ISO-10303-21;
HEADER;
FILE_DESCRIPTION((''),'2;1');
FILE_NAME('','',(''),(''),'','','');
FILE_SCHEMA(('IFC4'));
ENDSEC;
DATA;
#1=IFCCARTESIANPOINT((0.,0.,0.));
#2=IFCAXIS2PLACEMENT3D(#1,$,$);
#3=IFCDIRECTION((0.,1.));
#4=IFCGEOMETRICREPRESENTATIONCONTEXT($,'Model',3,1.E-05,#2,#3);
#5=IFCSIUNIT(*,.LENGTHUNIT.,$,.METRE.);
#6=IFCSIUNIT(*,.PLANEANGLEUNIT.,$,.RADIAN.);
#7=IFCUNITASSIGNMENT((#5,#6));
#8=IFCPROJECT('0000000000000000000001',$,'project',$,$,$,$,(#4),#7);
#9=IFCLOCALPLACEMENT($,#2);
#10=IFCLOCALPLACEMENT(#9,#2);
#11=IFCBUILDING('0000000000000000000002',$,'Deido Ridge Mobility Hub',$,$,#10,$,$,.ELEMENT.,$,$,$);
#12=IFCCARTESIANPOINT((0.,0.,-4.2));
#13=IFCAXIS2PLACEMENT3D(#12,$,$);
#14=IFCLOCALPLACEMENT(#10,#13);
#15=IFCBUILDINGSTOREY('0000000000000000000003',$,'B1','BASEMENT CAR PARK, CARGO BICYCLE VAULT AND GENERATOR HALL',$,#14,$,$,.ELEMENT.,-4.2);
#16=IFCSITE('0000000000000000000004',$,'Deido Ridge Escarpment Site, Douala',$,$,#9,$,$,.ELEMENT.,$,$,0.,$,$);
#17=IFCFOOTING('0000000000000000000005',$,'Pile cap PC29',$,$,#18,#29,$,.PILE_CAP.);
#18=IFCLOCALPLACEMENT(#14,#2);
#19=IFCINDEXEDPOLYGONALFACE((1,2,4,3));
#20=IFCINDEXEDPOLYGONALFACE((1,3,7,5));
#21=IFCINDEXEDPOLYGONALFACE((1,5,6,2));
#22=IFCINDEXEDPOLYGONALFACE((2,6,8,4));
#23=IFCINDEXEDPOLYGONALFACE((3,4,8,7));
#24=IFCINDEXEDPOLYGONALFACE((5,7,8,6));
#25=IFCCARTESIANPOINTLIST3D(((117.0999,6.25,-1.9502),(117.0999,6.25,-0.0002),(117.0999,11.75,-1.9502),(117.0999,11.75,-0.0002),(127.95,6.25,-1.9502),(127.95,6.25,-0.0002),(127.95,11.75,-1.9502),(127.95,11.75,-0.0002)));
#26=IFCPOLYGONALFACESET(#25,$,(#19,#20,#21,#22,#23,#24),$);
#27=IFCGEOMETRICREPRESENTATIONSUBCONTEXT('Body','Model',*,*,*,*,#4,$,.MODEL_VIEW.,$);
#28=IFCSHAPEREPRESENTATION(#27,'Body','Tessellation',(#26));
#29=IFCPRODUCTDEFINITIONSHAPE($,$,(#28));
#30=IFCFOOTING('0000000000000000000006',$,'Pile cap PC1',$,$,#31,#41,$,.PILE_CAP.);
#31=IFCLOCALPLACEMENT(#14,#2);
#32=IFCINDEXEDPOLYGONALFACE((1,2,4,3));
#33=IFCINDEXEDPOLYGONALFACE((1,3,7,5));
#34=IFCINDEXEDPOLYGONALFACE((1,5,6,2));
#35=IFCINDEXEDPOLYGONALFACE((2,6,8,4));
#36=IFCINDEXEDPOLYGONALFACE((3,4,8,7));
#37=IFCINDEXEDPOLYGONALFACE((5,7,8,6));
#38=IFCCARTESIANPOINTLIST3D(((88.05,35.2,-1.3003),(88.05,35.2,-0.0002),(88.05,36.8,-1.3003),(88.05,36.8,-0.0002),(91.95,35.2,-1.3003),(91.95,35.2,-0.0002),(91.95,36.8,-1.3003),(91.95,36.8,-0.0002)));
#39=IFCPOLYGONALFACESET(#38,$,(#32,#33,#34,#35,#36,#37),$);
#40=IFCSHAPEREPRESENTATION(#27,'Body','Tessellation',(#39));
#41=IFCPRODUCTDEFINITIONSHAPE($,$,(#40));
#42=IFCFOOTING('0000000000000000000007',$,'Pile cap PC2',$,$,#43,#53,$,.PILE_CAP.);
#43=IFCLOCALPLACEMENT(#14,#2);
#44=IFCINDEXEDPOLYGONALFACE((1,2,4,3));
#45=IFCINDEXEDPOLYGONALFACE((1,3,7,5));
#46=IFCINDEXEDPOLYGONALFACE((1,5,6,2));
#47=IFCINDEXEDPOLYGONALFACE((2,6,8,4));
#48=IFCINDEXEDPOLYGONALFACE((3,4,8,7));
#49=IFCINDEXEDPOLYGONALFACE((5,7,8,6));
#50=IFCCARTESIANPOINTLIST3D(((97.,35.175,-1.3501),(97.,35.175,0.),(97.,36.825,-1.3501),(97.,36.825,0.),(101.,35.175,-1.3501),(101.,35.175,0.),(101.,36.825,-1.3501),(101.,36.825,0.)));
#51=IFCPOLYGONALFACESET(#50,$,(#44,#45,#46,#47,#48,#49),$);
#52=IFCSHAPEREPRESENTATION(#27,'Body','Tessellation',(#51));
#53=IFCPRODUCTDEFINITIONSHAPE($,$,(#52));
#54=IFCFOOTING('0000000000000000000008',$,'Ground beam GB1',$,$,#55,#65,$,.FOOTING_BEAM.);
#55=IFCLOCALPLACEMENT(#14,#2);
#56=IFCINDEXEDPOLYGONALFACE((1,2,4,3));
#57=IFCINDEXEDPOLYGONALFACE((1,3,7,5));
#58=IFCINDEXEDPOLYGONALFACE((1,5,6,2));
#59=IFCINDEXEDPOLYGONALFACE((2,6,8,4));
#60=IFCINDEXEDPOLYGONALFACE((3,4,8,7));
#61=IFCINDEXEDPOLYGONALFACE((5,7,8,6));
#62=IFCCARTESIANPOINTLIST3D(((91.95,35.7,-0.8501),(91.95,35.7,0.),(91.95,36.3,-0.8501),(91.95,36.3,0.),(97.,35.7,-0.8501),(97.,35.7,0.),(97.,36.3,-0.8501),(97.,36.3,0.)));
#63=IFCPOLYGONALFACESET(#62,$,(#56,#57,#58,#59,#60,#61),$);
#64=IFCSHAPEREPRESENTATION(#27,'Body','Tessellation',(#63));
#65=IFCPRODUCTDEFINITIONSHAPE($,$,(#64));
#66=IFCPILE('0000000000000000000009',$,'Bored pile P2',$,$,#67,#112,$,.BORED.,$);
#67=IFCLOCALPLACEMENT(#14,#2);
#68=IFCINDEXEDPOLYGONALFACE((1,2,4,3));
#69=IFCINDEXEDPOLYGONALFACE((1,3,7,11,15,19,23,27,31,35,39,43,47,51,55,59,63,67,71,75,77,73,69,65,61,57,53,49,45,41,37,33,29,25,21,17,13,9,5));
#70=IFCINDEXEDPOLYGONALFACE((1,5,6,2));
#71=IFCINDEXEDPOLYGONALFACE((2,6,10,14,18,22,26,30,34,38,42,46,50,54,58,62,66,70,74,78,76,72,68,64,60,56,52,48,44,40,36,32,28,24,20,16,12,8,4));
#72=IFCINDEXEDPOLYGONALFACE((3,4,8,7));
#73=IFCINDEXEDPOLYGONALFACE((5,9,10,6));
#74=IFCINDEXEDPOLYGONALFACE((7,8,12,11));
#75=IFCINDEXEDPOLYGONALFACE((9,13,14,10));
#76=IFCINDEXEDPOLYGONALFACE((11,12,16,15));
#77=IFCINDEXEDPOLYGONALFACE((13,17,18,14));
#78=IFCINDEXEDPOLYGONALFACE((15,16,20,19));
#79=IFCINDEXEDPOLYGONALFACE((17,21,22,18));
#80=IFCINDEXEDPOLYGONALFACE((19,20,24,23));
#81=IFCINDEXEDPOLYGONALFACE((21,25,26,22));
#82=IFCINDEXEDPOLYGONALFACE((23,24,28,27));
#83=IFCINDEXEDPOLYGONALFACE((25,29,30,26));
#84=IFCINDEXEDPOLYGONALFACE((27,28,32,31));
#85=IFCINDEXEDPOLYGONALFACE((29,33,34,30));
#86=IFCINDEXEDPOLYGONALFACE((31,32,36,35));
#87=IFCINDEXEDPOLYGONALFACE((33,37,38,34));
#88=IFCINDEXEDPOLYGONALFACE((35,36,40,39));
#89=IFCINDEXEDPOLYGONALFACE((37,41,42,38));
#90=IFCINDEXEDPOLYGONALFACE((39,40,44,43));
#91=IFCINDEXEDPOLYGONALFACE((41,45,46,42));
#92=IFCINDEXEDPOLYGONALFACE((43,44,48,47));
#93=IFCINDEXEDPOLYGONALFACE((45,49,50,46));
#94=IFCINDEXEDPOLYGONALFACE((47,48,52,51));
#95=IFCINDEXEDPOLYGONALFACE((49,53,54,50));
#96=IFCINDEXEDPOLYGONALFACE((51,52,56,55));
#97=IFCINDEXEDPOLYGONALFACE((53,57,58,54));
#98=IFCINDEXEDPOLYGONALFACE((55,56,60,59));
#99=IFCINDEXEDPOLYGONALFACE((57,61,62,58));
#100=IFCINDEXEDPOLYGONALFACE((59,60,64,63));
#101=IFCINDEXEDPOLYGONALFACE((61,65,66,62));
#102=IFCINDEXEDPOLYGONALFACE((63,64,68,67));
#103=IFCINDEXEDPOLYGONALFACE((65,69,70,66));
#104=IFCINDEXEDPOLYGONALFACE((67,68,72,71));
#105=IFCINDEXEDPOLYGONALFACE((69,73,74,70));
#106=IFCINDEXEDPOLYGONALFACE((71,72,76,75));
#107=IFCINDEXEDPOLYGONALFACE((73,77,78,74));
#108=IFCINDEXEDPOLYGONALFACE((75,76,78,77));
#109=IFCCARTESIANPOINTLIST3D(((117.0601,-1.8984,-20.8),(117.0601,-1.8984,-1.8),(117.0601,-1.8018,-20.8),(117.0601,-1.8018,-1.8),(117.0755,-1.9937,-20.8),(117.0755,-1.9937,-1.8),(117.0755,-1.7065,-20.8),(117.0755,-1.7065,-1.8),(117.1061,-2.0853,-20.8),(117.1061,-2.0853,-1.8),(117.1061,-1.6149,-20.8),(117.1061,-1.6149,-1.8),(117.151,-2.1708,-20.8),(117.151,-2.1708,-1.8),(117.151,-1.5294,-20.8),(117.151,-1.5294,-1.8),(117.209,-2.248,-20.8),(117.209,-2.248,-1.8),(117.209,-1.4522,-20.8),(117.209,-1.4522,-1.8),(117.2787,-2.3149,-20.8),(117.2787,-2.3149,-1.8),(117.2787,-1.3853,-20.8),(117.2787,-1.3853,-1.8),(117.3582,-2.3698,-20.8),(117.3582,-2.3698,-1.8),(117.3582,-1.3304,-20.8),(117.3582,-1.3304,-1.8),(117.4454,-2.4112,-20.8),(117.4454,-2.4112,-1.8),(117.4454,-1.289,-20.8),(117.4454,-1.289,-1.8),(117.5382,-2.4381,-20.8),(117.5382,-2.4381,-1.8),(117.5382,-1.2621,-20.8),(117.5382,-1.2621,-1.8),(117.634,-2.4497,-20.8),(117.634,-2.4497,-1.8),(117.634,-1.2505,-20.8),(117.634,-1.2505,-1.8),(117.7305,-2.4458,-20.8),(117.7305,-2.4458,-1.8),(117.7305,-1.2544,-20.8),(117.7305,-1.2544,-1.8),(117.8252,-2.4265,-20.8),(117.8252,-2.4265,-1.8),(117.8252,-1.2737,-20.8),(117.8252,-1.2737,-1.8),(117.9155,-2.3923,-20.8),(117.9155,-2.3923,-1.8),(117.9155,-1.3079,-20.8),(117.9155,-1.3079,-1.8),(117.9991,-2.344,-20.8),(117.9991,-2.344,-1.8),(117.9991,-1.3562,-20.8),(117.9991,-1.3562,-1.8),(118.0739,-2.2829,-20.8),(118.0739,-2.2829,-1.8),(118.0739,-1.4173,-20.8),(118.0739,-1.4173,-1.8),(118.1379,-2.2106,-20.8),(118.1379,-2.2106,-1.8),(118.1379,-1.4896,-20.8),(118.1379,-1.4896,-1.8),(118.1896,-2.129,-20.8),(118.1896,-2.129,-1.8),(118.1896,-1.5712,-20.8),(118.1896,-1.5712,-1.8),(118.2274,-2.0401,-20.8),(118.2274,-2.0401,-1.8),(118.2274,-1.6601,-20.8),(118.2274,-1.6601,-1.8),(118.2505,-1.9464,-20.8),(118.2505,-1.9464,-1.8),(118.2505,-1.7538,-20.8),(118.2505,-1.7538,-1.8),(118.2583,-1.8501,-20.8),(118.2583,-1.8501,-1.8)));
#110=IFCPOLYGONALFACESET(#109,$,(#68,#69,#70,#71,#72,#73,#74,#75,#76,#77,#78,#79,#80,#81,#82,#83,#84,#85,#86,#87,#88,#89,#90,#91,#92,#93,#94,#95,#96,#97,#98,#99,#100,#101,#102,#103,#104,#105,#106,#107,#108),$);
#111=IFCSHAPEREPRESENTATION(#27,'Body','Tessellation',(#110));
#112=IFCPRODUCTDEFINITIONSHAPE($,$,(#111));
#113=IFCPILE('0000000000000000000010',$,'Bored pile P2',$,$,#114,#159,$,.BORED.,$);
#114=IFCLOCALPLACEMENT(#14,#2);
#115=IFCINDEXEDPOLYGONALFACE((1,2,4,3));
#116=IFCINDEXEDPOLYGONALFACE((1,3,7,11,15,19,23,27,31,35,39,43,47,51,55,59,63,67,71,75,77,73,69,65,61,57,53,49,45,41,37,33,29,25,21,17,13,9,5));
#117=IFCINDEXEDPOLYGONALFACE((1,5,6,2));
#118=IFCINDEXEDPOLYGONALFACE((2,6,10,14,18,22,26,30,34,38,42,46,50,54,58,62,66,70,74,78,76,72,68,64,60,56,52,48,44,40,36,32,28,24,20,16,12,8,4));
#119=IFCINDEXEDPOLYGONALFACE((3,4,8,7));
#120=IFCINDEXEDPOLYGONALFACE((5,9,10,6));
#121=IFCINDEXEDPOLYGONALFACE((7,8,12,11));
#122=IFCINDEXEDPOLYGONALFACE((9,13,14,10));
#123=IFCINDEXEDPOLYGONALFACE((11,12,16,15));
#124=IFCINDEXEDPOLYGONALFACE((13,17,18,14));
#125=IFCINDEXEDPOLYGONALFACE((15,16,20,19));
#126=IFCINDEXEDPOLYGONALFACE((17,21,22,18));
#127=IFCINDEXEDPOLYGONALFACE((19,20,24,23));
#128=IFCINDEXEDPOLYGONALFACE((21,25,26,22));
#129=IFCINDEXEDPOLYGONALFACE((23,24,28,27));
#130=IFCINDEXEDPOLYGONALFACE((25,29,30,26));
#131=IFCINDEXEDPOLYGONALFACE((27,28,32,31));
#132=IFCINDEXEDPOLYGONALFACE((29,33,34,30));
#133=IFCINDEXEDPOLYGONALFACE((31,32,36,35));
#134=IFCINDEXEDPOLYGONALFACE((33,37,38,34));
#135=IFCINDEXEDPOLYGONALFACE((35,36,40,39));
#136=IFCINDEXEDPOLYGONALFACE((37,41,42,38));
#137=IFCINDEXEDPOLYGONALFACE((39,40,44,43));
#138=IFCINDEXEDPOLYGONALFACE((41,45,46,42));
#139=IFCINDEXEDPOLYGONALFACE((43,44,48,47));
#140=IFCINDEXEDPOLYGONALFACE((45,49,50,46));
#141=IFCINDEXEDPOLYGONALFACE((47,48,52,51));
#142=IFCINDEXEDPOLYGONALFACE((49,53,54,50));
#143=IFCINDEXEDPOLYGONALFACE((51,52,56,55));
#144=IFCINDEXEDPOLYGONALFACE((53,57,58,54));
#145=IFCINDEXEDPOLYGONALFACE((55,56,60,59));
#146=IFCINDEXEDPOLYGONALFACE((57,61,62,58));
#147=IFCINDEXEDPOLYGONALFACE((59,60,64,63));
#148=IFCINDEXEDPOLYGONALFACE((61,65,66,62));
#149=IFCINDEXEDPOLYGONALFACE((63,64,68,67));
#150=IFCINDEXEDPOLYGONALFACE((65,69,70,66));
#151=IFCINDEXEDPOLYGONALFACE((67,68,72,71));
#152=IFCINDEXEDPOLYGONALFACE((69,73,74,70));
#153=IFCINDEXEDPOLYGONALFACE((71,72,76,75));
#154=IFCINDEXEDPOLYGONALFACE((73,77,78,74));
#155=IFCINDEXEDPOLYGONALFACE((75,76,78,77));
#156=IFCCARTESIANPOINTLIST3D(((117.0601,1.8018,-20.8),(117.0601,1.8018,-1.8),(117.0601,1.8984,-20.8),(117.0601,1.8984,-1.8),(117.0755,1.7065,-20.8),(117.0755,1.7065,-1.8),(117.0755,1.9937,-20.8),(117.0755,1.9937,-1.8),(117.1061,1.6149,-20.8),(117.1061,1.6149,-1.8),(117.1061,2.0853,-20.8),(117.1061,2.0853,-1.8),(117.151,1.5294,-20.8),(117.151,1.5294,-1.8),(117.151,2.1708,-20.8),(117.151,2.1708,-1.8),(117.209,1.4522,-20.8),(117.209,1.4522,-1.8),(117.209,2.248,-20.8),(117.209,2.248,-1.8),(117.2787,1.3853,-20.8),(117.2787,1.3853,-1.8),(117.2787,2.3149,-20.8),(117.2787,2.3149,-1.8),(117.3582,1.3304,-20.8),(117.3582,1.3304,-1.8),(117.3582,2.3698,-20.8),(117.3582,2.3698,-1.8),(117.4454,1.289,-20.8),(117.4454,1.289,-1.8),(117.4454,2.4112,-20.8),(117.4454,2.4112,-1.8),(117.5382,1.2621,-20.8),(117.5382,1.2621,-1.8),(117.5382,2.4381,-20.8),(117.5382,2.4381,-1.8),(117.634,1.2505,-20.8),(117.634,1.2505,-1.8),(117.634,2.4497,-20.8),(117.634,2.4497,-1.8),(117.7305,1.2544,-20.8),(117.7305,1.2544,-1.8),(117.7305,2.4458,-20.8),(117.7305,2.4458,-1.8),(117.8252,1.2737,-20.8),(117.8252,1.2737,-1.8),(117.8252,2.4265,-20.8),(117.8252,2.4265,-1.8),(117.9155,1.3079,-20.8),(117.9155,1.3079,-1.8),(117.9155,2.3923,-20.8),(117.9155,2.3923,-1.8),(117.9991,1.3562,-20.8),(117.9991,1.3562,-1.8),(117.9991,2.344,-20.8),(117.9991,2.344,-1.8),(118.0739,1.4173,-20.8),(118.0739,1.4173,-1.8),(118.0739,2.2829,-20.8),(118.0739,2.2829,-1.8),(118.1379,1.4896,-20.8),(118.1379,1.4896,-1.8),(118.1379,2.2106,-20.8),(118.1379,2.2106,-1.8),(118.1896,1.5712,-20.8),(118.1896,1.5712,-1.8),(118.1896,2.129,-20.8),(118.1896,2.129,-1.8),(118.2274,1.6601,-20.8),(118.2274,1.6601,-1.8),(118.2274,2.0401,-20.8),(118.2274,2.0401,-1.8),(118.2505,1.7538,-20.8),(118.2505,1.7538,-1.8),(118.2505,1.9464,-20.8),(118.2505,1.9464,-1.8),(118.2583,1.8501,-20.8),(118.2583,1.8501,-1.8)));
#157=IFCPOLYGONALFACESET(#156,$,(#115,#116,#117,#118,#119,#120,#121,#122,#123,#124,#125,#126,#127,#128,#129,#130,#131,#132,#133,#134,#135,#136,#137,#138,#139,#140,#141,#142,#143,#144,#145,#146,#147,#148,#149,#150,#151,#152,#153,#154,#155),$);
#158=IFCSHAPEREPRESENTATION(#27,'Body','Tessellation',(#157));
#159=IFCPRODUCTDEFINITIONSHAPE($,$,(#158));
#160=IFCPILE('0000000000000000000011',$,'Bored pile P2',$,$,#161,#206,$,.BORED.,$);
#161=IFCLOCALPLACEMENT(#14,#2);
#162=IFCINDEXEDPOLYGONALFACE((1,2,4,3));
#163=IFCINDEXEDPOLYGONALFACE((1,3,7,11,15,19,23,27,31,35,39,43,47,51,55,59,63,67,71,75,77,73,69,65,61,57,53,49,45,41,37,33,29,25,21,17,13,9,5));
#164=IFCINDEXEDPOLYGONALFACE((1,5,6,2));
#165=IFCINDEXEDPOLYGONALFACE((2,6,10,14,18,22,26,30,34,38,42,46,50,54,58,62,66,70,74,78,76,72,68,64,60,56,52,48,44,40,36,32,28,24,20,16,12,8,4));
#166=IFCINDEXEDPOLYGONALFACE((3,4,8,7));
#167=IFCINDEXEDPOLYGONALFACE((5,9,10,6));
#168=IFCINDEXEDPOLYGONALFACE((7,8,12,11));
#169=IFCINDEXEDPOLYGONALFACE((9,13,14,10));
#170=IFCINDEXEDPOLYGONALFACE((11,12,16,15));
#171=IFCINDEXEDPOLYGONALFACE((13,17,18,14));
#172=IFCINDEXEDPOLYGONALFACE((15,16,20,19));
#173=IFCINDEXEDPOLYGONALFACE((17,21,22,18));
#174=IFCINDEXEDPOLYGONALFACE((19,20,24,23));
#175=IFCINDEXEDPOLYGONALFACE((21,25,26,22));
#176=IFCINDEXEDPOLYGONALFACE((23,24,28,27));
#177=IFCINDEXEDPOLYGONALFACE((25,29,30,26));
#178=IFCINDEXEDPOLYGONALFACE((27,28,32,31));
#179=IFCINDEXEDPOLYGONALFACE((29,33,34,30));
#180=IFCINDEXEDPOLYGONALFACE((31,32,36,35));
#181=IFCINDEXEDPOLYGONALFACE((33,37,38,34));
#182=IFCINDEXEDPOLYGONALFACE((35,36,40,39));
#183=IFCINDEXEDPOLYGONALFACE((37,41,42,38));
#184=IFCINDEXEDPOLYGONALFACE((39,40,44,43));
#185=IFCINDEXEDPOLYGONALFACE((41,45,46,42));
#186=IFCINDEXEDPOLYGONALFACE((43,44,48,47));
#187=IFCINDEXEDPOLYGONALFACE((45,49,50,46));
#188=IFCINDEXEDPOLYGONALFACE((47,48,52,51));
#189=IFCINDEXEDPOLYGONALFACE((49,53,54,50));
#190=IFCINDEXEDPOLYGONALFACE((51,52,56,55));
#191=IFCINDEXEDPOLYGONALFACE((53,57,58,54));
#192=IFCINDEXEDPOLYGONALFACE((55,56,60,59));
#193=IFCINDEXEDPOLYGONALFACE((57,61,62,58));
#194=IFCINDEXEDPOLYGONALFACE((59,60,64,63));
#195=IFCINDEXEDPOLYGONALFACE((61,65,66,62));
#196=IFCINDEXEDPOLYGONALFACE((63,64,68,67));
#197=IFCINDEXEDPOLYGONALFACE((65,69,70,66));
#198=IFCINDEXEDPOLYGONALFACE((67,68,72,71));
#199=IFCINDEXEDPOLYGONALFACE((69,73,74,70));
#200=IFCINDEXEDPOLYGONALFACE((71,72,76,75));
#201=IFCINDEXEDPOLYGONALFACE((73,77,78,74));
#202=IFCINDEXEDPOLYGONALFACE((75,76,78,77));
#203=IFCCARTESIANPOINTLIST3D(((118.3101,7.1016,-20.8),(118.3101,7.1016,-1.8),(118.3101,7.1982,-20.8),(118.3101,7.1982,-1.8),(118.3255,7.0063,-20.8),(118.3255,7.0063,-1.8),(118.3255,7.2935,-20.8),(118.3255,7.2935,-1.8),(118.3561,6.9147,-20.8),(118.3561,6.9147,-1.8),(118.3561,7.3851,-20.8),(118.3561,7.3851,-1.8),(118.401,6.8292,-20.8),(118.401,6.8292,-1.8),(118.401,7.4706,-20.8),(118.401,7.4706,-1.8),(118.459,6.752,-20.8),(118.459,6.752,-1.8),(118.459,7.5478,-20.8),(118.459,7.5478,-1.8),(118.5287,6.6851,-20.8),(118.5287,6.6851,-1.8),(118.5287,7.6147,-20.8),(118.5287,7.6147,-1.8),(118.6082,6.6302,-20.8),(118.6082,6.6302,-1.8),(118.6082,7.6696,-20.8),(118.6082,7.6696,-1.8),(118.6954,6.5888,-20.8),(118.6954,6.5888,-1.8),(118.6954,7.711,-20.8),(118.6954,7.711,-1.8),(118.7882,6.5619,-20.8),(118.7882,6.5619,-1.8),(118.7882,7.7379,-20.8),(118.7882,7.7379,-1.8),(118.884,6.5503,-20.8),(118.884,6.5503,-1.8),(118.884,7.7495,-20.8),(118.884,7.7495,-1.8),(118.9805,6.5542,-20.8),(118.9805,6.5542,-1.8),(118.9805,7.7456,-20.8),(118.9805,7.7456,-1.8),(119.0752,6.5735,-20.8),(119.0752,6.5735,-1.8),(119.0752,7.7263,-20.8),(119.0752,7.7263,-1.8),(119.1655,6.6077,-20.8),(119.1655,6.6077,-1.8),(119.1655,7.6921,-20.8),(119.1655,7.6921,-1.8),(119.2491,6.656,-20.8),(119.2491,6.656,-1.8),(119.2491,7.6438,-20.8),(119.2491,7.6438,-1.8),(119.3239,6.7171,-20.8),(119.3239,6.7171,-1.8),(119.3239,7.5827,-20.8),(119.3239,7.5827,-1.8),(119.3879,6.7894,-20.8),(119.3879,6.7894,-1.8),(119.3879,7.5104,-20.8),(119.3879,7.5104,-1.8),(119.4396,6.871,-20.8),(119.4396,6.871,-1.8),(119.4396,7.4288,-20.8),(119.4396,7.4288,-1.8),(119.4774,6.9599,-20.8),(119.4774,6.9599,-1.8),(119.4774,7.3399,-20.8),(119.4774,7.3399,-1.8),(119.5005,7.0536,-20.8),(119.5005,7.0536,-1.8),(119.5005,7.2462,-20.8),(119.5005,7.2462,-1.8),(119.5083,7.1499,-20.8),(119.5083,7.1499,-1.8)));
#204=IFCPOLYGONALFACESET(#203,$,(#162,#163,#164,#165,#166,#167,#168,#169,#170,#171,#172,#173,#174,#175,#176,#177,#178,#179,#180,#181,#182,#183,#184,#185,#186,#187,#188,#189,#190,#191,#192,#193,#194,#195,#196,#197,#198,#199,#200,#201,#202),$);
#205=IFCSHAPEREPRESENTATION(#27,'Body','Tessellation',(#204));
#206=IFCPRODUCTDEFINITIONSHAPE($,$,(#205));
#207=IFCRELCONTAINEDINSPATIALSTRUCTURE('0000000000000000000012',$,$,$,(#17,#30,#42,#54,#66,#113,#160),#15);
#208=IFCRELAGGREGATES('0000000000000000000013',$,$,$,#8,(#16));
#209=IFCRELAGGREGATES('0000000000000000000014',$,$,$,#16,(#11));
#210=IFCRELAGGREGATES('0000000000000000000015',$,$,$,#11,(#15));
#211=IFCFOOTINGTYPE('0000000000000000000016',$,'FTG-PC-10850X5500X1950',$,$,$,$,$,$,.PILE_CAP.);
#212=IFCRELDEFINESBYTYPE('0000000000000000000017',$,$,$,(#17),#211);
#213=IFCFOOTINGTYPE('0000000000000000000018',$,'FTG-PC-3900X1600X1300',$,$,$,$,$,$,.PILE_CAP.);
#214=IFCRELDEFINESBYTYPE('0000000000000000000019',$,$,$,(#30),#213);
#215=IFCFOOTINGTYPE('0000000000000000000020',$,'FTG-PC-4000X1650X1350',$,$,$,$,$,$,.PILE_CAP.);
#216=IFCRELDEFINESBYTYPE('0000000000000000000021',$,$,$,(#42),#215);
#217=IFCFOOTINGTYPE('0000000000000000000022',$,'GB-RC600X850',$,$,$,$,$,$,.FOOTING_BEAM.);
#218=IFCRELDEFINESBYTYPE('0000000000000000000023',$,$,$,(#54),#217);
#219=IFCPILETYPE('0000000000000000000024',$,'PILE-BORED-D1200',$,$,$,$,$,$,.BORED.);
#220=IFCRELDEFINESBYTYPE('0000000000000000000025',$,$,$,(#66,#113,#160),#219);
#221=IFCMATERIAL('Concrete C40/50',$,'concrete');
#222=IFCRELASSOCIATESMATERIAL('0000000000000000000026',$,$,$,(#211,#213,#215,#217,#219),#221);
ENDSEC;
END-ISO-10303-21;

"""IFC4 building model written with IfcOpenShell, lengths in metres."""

from ifc_helpers import new_model, si_unit, direction, frame, origin, origin_2d, place, context, subcontext, project, spatial, rectangle, circle, extrude, material, material_profile, profile_set, type_object, element, save


model = new_model("IFC4")

# Units and contexts
model_context = context("Model", 3, precision=1e-05, world=origin(), true_north=direction((0.0, 1.0)))
body_context = subcontext(model_context, "Body", "Model", "MODEL_VIEW")
ifc_project = project(units=[si_unit("LENGTHUNIT", "METRE"), si_unit("PLANEANGLEUNIT", "RADIAN")], contexts=[model_context])

# Site, building, storey
site_placement = place(None, origin())
site = spatial("IfcSite", under=ifc_project, at=site_placement, Name="Deido Ridge Escarpment Site, Douala", CompositionType="ELEMENT", RefElevation=0.0)
building_placement = place(site_placement, origin())
building = spatial("IfcBuilding", under=site, at=building_placement, Name="Deido Ridge Mobility Hub", CompositionType="ELEMENT")
storey_placement = place(building_placement, frame((0.0, 0.0, -4.2)))
storey = spatial("IfcBuildingStorey", under=building, at=storey_placement, Name="B1", Description="BASEMENT CAR PARK, CARGO BICYCLE VAULT AND GENERATOR HALL", CompositionType="ELEMENT", Elevation=-4.2)

# Footings
ifc_material_1 = material(Name="Concrete C40/50", Category="concrete")
footing_type_1 = type_object("IfcFootingType", Name="FTG-PC-10850X5500X1950", PredefinedType="PILE_CAP", material=ifc_material_1)
footing_1_placement = place(storey_placement, frame((122.5249, 9.0, -1.9502), z_axis=(0.0, 0.0, 1.0), x_axis=(1.0, 0.0, 0.0)))
element("IfcFooting", 1, at=footing_1_placement, inside=storey, type_object=footing_type_1, Name="Pile cap PC29", PredefinedType="PILE_CAP", context=body_context, shape_type="SweptSolid", body=[
    extrude(rectangle(XDim=10.8501, YDim=5.5, at=origin_2d()), origin(), (0.0, 0.0, 1.0), 1.95),
])
footing_type_2 = type_object("IfcFootingType", Name="FTG-PC-3900X1600X1300", PredefinedType="PILE_CAP", material=ifc_material_1)
footing_2_placement = place(storey_placement, frame((90.0, 36.0, -1.3003), z_axis=(0.0, 0.0, 1.0), x_axis=(1.0, 0.0, 0.0)))
element("IfcFooting", 2, at=footing_2_placement, inside=storey, type_object=footing_type_2, Name="Pile cap PC1", PredefinedType="PILE_CAP", context=body_context, shape_type="SweptSolid", body=[
    extrude(rectangle(XDim=3.8999, YDim=1.6001, at=origin_2d()), origin(), (0.0, 0.0, 1.0), 1.3),
])
footing_type_3 = type_object("IfcFootingType", Name="FTG-PC-4000X1650X1350", PredefinedType="PILE_CAP", material=ifc_material_1)
footing_3_placement = place(storey_placement, frame((99.0, 36.0, -1.3501), z_axis=(0.0, 0.0, 1.0), x_axis=(1.0, 0.0, 0.0)))
element("IfcFooting", 3, at=footing_3_placement, inside=storey, type_object=footing_type_3, Name="Pile cap PC2", PredefinedType="PILE_CAP", context=body_context, shape_type="SweptSolid", body=[
    extrude(rectangle(XDim=4.0, YDim=1.6499, at=origin_2d()), origin(), (0.0, 0.0, 1.0), 1.3501),
])
ifc_material_profile_1 = material_profile(ifc_material_1, rectangle(XDim=0.6001, YDim=0.8501, at=origin_2d()), Name="RC GB 600x850")
ifc_profile_set_1 = profile_set([ifc_material_profile_1], Name="Concrete C40/50")
footing_type_4 = type_object("IfcFootingType", Name="GB-RC600X850", PredefinedType="FOOTING_BEAM", material=ifc_profile_set_1)
footing_4_placement = place(storey_placement, frame((91.95, 36.0, -0.425), z_axis=(1.0, 0.0, 0.0), x_axis=(0.0, 1.0, 0.0)))
element("IfcFooting", 4, at=footing_4_placement, inside=storey, type_object=footing_type_4, Name="Ground beam GB1", PredefinedType="FOOTING_BEAM", context=body_context, shape_type="SweptSolid", body=[
    extrude(rectangle(XDim=0.6001, YDim=0.8501, at=origin_2d()), origin(), (0.0, 0.0, 1.0), 5.05),
])

# Piles
ifc_material_profile_2 = material_profile(ifc_material_1, circle(Radius=0.6001, at=origin_2d()), Name="BORED PILE D1200")
ifc_profile_set_2 = profile_set([ifc_material_profile_2], Name="Concrete C40/50")
pile_type_1 = type_object("IfcPileType", Name="PILE-BORED-D1200", PredefinedType="BORED", material=ifc_profile_set_2)
for number, where, z_axis, x_axis, name in (
    (5, (117.6582, -1.8501, -1.8), (0.0, 0.0, -1.0), (1.0, 0.0, 0.0), "Bored pile P2"),
    (6, (117.6582, 1.8501, -1.8), (0.0, 0.0, -1.0), (1.0, 0.0, 0.0), "Bored pile P2"),
    (7, (118.9082, 7.1499, -1.8), (0.0, 0.0, -1.0), (1.0, 0.0, 0.0), "Bored pile P2"),
):
    element("IfcPile", number, at=place(storey_placement, frame(where, z_axis=z_axis, x_axis=x_axis)), inside=storey, type_object=pile_type_1, Name=name, PredefinedType="BORED", context=body_context, shape_type="SweptSolid", body=[
        extrude(circle(Radius=0.6001, at=origin_2d()), origin(), (0.0, 0.0, 1.0), 19.0),
    ])

save(model, "model.ifc")
